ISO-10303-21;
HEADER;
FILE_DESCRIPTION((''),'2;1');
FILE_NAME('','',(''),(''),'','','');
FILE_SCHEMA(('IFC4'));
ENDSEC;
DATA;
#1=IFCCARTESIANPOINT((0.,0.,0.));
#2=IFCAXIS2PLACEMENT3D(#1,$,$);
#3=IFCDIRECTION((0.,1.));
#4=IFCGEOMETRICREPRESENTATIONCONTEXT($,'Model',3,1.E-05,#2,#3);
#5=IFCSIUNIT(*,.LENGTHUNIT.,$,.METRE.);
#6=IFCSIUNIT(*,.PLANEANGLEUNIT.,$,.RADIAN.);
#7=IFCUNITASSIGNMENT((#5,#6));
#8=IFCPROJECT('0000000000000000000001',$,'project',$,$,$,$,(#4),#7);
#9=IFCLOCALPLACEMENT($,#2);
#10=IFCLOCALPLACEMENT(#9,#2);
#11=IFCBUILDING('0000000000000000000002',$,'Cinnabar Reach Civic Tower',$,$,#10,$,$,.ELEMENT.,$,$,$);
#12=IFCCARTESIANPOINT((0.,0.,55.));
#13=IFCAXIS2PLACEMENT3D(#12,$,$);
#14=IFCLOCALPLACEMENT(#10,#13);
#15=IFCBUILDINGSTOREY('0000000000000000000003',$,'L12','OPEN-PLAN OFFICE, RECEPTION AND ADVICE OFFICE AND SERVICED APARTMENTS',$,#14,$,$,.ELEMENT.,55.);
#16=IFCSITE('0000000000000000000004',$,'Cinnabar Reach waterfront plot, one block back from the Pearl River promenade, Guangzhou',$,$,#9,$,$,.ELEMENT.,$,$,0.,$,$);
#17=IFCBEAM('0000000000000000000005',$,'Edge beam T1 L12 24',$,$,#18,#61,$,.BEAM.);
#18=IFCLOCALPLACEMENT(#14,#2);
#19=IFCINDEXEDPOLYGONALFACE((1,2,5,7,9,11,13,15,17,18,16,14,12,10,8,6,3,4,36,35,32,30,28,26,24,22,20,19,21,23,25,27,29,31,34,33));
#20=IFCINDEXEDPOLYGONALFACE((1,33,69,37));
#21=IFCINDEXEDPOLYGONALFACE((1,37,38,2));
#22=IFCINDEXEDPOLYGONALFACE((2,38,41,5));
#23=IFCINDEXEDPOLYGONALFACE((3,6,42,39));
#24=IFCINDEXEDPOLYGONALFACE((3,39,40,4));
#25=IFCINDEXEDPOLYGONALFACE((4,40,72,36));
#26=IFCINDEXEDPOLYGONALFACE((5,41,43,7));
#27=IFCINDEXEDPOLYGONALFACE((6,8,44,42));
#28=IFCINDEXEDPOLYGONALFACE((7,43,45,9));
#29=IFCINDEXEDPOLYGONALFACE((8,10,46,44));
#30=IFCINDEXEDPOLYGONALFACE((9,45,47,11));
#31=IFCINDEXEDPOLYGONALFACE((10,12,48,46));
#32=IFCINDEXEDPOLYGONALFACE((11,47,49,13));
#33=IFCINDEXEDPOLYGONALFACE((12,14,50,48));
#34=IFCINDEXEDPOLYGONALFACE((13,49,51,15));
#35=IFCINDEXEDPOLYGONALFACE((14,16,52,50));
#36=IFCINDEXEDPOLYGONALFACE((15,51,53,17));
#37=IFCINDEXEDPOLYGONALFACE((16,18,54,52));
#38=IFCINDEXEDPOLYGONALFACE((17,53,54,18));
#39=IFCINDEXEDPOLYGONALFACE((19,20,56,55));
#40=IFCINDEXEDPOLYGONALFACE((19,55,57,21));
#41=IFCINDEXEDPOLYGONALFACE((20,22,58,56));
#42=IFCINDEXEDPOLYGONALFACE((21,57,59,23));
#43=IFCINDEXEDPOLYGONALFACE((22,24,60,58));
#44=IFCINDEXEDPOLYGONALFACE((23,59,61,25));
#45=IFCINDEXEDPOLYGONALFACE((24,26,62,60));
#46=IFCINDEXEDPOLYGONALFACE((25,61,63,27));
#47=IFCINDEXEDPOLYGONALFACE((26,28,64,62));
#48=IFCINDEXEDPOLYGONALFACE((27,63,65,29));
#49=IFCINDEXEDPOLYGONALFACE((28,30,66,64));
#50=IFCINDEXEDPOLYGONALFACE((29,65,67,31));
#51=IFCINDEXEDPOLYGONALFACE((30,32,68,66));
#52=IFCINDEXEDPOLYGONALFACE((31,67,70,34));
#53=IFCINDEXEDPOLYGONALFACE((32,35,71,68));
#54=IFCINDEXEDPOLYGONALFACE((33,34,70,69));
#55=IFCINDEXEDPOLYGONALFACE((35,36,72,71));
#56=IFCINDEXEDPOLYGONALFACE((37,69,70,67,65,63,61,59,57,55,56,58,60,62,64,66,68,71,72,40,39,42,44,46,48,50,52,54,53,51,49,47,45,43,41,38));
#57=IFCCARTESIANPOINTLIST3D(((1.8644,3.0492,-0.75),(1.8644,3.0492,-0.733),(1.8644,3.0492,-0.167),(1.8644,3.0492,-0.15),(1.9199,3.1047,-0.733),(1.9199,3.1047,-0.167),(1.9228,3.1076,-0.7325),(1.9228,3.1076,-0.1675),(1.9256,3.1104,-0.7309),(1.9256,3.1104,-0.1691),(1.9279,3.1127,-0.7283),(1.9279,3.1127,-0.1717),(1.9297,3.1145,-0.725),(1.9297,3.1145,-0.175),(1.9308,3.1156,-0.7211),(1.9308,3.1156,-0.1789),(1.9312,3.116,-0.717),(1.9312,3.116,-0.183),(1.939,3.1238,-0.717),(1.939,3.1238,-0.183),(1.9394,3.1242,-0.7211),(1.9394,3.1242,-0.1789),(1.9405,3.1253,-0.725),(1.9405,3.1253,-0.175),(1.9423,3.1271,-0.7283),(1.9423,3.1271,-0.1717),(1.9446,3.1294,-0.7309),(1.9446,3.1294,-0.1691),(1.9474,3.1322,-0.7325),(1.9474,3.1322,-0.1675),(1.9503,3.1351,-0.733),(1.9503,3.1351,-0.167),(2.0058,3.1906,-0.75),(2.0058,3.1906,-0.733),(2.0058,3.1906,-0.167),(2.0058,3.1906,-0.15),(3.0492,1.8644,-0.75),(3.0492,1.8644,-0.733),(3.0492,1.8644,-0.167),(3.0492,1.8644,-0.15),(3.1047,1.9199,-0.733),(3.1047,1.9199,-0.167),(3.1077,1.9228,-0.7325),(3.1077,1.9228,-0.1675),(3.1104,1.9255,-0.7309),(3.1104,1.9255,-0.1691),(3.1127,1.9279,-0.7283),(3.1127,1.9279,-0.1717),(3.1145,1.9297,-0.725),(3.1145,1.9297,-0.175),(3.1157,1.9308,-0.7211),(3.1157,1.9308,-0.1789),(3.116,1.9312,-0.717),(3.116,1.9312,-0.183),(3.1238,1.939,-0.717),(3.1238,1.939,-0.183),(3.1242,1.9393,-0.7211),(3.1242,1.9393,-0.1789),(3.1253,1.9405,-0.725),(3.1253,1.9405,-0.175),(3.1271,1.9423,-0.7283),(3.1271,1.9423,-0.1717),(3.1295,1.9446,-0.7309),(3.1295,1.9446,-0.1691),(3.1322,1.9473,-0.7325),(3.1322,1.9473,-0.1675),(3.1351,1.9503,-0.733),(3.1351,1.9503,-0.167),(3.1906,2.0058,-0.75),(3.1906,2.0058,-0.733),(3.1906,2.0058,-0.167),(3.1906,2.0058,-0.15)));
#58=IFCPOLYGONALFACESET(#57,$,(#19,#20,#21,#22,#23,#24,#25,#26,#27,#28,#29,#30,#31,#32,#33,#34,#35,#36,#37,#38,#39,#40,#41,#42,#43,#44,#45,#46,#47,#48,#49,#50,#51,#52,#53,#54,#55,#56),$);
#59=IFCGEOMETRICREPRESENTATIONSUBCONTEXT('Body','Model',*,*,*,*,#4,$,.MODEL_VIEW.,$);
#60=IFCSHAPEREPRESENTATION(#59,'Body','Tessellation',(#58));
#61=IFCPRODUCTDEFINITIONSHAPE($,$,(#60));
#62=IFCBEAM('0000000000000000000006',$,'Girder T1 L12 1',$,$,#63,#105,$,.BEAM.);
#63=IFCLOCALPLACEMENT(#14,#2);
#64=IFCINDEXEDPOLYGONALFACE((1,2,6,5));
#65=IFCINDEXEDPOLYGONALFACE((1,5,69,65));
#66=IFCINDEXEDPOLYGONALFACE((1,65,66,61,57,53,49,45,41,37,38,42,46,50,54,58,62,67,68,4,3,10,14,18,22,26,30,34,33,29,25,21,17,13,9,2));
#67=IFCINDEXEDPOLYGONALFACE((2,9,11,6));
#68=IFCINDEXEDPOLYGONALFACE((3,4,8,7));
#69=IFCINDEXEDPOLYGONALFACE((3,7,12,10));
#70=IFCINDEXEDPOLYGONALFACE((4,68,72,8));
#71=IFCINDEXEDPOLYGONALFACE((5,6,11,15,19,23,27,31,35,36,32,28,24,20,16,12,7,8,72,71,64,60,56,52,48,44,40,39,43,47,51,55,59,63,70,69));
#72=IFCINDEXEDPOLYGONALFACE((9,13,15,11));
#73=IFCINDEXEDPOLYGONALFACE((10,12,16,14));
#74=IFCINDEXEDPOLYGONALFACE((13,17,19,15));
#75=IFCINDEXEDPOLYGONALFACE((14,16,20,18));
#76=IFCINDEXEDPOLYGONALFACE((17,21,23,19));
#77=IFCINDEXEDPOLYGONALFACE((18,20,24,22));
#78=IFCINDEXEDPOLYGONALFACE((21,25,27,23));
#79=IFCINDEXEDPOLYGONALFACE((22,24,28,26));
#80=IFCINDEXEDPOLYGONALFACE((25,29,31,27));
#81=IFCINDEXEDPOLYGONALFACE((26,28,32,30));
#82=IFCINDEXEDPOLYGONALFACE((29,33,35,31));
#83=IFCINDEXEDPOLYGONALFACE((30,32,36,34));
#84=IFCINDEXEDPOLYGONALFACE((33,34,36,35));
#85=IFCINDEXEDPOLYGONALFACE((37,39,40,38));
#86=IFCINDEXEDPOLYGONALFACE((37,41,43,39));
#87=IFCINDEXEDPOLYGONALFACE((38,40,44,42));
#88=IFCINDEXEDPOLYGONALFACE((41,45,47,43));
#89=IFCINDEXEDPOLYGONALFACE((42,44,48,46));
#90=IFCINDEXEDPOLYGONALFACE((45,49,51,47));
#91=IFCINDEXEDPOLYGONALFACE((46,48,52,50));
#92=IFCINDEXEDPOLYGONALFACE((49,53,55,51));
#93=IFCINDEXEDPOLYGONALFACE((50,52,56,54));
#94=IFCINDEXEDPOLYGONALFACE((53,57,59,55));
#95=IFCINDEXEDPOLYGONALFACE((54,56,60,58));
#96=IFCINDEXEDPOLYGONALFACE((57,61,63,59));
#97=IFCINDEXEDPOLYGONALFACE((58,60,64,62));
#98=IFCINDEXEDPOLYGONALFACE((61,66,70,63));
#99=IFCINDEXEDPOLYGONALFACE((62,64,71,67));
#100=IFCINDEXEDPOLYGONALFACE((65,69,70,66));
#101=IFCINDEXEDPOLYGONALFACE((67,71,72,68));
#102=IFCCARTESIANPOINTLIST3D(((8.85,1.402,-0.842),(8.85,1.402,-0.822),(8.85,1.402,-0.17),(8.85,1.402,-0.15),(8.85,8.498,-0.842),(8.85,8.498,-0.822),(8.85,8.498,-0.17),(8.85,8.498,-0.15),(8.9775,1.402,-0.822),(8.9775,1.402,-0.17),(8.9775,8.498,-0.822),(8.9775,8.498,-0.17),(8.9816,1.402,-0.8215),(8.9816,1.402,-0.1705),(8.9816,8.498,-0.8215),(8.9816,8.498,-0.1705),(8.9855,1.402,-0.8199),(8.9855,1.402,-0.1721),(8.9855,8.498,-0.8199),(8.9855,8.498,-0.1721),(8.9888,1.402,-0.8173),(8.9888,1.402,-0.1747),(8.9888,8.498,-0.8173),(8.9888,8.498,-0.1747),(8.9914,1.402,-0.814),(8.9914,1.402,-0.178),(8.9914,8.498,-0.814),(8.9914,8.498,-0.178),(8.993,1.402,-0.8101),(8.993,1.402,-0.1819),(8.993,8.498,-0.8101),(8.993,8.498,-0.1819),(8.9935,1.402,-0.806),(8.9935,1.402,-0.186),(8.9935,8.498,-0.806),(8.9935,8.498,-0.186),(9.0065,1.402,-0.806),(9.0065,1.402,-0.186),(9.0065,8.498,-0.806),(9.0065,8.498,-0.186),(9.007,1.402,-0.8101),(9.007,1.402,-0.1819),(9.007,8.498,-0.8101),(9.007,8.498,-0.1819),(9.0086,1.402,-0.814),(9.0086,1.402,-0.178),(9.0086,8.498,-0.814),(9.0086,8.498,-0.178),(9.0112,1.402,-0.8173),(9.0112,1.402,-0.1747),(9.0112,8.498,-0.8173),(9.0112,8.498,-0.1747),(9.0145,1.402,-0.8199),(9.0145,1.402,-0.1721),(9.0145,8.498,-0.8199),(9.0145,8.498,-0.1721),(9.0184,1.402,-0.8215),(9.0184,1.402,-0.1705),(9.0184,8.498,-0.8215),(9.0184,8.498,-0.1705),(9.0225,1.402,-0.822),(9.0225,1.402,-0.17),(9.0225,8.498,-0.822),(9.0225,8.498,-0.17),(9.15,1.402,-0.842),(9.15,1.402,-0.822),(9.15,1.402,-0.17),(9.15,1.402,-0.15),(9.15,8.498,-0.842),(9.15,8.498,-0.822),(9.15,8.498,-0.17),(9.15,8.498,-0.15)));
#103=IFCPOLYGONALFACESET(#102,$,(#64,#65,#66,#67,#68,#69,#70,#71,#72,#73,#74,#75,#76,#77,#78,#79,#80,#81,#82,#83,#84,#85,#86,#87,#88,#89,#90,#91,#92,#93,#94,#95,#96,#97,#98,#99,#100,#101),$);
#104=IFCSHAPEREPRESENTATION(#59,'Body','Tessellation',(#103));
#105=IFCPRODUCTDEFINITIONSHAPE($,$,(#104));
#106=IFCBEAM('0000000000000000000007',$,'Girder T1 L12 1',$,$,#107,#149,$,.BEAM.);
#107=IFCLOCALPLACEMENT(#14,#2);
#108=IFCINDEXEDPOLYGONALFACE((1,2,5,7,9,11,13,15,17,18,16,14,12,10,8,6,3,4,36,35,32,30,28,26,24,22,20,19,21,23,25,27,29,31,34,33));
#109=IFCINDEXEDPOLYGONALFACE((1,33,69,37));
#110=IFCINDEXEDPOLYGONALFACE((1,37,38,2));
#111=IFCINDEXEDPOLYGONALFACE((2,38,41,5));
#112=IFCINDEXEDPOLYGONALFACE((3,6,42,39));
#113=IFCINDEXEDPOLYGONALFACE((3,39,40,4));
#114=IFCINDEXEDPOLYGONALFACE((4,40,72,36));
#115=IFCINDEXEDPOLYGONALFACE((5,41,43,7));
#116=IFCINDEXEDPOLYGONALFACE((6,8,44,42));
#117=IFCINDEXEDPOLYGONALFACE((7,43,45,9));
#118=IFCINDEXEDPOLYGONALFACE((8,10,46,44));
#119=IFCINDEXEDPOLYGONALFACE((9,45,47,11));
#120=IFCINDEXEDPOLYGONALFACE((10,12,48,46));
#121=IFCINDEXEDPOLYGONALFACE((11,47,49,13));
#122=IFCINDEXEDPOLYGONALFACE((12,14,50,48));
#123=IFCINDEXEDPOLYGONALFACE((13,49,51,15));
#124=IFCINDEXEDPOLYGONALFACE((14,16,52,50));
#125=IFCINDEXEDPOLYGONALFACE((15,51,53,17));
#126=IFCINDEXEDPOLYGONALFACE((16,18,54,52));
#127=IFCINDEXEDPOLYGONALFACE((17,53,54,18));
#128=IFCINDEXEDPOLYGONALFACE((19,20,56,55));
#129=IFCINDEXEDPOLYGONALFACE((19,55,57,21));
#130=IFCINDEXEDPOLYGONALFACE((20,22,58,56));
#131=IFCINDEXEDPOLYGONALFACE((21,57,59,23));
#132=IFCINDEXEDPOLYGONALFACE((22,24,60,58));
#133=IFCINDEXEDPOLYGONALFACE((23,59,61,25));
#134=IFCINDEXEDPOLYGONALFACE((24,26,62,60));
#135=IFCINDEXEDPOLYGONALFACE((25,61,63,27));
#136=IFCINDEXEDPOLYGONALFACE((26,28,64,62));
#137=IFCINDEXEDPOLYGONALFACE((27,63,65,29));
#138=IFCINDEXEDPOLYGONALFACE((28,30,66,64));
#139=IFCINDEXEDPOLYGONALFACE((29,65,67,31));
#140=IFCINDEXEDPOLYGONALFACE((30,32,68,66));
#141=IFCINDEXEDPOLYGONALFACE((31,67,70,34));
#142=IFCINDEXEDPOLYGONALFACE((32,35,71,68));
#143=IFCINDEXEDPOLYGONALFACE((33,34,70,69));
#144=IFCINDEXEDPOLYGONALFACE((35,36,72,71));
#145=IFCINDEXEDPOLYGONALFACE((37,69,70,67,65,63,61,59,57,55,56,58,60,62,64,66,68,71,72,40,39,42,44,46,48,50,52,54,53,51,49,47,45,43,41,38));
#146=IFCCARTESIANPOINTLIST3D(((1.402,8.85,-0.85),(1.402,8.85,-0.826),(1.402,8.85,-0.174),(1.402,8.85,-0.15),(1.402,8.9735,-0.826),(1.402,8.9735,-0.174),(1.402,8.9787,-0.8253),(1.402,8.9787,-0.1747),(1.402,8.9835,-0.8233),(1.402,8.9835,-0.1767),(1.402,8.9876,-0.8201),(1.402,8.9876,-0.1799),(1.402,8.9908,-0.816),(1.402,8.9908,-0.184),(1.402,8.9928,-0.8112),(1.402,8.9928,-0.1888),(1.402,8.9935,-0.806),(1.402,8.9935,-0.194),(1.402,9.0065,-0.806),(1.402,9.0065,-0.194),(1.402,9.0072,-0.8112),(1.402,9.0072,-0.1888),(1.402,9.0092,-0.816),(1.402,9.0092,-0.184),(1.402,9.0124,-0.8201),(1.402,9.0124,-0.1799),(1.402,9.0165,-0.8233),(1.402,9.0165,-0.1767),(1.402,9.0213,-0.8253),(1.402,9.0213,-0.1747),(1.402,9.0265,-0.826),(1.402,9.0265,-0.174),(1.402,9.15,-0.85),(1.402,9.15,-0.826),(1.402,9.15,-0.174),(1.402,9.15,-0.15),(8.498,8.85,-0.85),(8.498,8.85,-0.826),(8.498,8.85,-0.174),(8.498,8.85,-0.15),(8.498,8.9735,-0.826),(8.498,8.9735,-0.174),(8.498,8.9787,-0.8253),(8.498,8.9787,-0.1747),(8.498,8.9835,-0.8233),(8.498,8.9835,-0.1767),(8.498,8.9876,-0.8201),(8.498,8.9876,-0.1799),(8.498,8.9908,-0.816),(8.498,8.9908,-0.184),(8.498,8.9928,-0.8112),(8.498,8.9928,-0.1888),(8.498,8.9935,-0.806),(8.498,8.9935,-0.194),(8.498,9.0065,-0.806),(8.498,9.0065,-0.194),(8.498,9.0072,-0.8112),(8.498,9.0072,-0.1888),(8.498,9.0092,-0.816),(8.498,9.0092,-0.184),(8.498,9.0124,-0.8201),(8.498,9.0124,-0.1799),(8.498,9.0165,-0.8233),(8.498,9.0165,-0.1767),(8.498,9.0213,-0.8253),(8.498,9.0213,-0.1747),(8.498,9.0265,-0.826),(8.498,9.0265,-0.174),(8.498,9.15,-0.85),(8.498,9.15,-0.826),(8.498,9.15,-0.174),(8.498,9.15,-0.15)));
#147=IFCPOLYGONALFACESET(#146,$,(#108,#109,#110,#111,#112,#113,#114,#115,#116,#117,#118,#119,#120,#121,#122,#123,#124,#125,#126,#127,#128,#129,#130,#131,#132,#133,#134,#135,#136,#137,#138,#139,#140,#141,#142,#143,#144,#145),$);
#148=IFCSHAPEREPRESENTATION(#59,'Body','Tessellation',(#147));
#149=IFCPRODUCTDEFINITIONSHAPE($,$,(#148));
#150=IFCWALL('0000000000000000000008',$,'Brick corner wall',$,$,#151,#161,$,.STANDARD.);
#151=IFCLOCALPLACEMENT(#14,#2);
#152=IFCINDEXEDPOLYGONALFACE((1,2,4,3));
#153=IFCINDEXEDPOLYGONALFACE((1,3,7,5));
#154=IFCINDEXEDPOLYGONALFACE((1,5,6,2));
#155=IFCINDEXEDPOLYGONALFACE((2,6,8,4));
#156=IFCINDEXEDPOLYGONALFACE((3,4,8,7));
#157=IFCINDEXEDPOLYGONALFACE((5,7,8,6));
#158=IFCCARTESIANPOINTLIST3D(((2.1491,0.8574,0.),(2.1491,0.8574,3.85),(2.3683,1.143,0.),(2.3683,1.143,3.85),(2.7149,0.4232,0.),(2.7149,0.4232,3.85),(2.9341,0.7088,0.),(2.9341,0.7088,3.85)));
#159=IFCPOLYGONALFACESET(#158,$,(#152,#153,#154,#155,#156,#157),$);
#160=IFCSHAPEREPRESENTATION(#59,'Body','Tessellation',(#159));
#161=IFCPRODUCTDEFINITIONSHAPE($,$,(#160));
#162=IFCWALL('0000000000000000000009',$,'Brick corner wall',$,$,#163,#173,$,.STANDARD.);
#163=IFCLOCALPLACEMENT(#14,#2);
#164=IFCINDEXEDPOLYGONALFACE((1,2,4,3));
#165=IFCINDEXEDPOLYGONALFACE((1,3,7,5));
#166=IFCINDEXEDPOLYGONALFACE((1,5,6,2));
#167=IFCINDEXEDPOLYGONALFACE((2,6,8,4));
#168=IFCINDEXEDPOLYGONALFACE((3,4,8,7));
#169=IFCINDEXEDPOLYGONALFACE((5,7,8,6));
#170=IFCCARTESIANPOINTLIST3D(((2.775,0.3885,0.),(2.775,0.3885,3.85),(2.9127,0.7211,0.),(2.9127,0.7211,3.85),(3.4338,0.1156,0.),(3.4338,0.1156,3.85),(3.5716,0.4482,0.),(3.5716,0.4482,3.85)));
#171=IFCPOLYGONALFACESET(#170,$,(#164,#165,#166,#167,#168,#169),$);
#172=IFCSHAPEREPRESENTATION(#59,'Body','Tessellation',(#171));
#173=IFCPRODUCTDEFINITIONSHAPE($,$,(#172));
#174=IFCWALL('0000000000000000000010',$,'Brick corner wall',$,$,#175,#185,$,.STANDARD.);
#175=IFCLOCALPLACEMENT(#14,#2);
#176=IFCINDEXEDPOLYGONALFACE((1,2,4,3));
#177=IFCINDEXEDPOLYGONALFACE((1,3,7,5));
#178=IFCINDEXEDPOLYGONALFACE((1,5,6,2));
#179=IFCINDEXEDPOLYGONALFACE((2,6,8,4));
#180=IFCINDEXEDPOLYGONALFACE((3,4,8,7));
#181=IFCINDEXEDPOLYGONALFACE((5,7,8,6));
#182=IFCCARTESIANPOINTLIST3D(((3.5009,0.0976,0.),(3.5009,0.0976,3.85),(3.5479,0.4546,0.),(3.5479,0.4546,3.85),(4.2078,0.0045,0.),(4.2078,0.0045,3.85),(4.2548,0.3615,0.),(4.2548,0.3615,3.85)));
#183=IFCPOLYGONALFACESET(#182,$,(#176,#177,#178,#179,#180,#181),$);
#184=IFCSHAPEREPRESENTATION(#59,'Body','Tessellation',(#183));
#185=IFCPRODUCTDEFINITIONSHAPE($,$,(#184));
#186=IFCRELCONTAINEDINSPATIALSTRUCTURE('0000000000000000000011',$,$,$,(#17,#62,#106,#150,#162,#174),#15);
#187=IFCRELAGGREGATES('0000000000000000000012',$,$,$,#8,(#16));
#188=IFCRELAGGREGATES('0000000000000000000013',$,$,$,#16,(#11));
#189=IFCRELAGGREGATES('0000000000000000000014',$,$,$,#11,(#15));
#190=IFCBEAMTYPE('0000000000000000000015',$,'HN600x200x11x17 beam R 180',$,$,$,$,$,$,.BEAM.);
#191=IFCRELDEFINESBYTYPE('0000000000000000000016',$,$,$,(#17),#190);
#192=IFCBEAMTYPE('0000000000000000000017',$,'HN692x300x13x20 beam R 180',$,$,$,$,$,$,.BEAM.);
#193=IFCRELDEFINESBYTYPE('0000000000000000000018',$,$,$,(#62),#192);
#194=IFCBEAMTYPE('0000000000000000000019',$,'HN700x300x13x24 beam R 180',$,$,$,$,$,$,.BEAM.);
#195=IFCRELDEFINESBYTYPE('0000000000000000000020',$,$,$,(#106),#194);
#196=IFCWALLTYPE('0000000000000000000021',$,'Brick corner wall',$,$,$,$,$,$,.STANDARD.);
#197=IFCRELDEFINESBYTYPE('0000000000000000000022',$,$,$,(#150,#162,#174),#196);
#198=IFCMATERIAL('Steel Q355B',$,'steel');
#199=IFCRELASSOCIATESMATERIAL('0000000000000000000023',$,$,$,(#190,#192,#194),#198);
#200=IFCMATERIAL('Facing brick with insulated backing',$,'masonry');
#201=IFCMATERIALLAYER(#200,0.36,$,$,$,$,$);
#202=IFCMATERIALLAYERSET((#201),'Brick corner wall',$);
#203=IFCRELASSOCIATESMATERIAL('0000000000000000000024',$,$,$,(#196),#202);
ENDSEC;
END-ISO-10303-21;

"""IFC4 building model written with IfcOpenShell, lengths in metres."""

from ifc_helpers import new_model, si_unit, direction, frame, frame_2d, origin, origin_2d, place, context, subcontext, project, spatial, rectangle, i_section, extrude, material, layer, layer_set, material_profile, profile_set, type_object, element, save


model = new_model("IFC4")

# Units and contexts
model_context = context("Model", 3, precision=1e-05, world=origin(), true_north=direction((0.0, 1.0)))
body_context = subcontext(model_context, "Body", "Model", "MODEL_VIEW")
ifc_project = project(units=[si_unit("LENGTHUNIT", "METRE"), si_unit("PLANEANGLEUNIT", "RADIAN")], contexts=[model_context])

# Site, building, storey
site_placement = place(None, origin())
site = spatial("IfcSite", under=ifc_project, at=site_placement, Name="Cinnabar Reach waterfront plot, one block back from the Pearl River promenade, Guangzhou", CompositionType="ELEMENT", RefElevation=0.0)
building_placement = place(site_placement, origin())
building = spatial("IfcBuilding", under=site, at=building_placement, Name="Cinnabar Reach Civic Tower", CompositionType="ELEMENT")
storey_placement = place(building_placement, frame((0.0, 0.0, 55.0)))
storey = spatial("IfcBuildingStorey", under=building, at=storey_placement, Name="L12", Description="OPEN-PLAN OFFICE, RECEPTION AND ADVICE OFFICE AND SERVICED APARTMENTS", CompositionType="ELEMENT", Elevation=55.0)

# Beams
ifc_material_1 = material(Name="Steel Q355B", Category="steel")
ifc_material_profile_1 = material_profile(ifc_material_1, i_section(OverallWidth=0.2, OverallDepth=0.6, WebThickness=0.011, FlangeThickness=0.017, FilletRadius=0.016, at=origin_2d()), Name="HN600x200x11x17")
ifc_profile_set_1 = profile_set([ifc_material_profile_1], Name="Steel Q355B")
beam_type_1 = type_object("IfcBeamType", Name="HN600x200x11x17 beam R 180", PredefinedType="BEAM", material=ifc_profile_set_1)
beam_1_placement = place(storey_placement, frame((1.9351, 3.1199, -0.45), z_axis=(0.707107, -0.707107, 0.0), x_axis=(0.707107, 0.707107, 0.0)))
element("IfcBeam", 1, at=beam_1_placement, inside=storey, type_object=beam_type_1, Name="Edge beam T1 L12 24", PredefinedType="BEAM", context=body_context, shape_type="SweptSolid", body=[
    extrude(i_section(OverallWidth=0.2, OverallDepth=0.6, WebThickness=0.011, FlangeThickness=0.017, FilletRadius=0.016, at=origin_2d()), origin(), (0.0, 0.0, 1.0), 1.6756),
])
ifc_material_profile_2 = material_profile(ifc_material_1, i_section(OverallWidth=0.3, OverallDepth=0.692, WebThickness=0.013, FlangeThickness=0.02, FilletRadius=0.016, at=origin_2d()), Name="HN692x300x13x20")
ifc_profile_set_2 = profile_set([ifc_material_profile_2], Name="Steel Q355B")
beam_type_2 = type_object("IfcBeamType", Name="HN692x300x13x20 beam R 180", PredefinedType="BEAM", material=ifc_profile_set_2)
beam_2_placement = place(storey_placement, frame((9.0, 1.402, -0.496), z_axis=(0.0, 1.0, 0.0), x_axis=(-1.0, 0.0, 0.0)))
element("IfcBeam", 2, at=beam_2_placement, inside=storey, type_object=beam_type_2, Name="Girder T1 L12 1", PredefinedType="BEAM", context=body_context, shape_type="SweptSolid", body=[
    extrude(i_section(OverallWidth=0.3, OverallDepth=0.692, WebThickness=0.013, FlangeThickness=0.02, FilletRadius=0.016, at=origin_2d()), origin(), (0.0, 0.0, 1.0), 7.096),
])
ifc_material_profile_3 = material_profile(ifc_material_1, i_section(OverallWidth=0.3, OverallDepth=0.7, WebThickness=0.013, FlangeThickness=0.024, FilletRadius=0.02, at=origin_2d()), Name="HN700x300x13x24")
ifc_profile_set_3 = profile_set([ifc_material_profile_3], Name="Steel Q355B")
beam_type_3 = type_object("IfcBeamType", Name="HN700x300x13x24 beam R 180", PredefinedType="BEAM", material=ifc_profile_set_3)
beam_3_placement = place(storey_placement, frame((1.402, 9.0, -0.5), z_axis=(1.0, 0.0, 0.0), x_axis=(0.0, 1.0, 0.0)))
element("IfcBeam", 3, at=beam_3_placement, inside=storey, type_object=beam_type_3, Name="Girder T1 L12 1", PredefinedType="BEAM", context=body_context, shape_type="SweptSolid", body=[
    extrude(i_section(OverallWidth=0.3, OverallDepth=0.7, WebThickness=0.013, FlangeThickness=0.024, FilletRadius=0.02, at=origin_2d()), origin(), (0.0, 0.0, 1.0), 7.096),
])

# Walls
ifc_material_2 = material(Name="Facing brick with insulated backing", Category="masonry")
ifc_layer_1 = layer(ifc_material_2, 0.36)
ifc_layer_set_1 = layer_set([ifc_layer_1], Name="Brick corner wall")
wall_type_1 = type_object("IfcWallType", Name="Brick corner wall", PredefinedType="STANDARD", material=ifc_layer_set_1)
wall_1_placement = place(storey_placement, frame((2.2587, 1.0002, 0.0), z_axis=(0.0, 0.0, 1.0), x_axis=(0.793322, -0.608802, 0.0)))
element("IfcWall", 4, at=wall_1_placement, inside=storey, type_object=wall_type_1, Name="Brick corner wall", PredefinedType="STANDARD", context=body_context, shape_type="SweptSolid", body=[
    extrude(rectangle(XDim=0.7132, YDim=0.36, at=frame_2d((0.3566, 0.0))), origin(), (0.0, 0.0, 1.0), 3.85),
])
for number, where, z_axis, x_axis, name in (
    (5, (2.8439, 0.5548, 0.0), (0.0, 0.0, 1.0), (0.923872, -0.382703, 0.0), "Brick corner wall"),
    (6, (3.5244, 0.2761, 0.0), (0.0, 0.0, 1.0), (0.991441, -0.130556, 0.0), "Brick corner wall"),
):
    element("IfcWall", number, at=place(storey_placement, frame(where, z_axis=z_axis, x_axis=x_axis)), inside=storey, type_object=wall_type_1, Name=name, PredefinedType="STANDARD", context=body_context, shape_type="SweptSolid", body=[
        extrude(rectangle(XDim=0.7131, YDim=0.36, at=frame_2d((0.3565, 0.0))), origin(), (0.0, 0.0, 1.0), 3.85),
    ])

save(model, "model.ifc")
